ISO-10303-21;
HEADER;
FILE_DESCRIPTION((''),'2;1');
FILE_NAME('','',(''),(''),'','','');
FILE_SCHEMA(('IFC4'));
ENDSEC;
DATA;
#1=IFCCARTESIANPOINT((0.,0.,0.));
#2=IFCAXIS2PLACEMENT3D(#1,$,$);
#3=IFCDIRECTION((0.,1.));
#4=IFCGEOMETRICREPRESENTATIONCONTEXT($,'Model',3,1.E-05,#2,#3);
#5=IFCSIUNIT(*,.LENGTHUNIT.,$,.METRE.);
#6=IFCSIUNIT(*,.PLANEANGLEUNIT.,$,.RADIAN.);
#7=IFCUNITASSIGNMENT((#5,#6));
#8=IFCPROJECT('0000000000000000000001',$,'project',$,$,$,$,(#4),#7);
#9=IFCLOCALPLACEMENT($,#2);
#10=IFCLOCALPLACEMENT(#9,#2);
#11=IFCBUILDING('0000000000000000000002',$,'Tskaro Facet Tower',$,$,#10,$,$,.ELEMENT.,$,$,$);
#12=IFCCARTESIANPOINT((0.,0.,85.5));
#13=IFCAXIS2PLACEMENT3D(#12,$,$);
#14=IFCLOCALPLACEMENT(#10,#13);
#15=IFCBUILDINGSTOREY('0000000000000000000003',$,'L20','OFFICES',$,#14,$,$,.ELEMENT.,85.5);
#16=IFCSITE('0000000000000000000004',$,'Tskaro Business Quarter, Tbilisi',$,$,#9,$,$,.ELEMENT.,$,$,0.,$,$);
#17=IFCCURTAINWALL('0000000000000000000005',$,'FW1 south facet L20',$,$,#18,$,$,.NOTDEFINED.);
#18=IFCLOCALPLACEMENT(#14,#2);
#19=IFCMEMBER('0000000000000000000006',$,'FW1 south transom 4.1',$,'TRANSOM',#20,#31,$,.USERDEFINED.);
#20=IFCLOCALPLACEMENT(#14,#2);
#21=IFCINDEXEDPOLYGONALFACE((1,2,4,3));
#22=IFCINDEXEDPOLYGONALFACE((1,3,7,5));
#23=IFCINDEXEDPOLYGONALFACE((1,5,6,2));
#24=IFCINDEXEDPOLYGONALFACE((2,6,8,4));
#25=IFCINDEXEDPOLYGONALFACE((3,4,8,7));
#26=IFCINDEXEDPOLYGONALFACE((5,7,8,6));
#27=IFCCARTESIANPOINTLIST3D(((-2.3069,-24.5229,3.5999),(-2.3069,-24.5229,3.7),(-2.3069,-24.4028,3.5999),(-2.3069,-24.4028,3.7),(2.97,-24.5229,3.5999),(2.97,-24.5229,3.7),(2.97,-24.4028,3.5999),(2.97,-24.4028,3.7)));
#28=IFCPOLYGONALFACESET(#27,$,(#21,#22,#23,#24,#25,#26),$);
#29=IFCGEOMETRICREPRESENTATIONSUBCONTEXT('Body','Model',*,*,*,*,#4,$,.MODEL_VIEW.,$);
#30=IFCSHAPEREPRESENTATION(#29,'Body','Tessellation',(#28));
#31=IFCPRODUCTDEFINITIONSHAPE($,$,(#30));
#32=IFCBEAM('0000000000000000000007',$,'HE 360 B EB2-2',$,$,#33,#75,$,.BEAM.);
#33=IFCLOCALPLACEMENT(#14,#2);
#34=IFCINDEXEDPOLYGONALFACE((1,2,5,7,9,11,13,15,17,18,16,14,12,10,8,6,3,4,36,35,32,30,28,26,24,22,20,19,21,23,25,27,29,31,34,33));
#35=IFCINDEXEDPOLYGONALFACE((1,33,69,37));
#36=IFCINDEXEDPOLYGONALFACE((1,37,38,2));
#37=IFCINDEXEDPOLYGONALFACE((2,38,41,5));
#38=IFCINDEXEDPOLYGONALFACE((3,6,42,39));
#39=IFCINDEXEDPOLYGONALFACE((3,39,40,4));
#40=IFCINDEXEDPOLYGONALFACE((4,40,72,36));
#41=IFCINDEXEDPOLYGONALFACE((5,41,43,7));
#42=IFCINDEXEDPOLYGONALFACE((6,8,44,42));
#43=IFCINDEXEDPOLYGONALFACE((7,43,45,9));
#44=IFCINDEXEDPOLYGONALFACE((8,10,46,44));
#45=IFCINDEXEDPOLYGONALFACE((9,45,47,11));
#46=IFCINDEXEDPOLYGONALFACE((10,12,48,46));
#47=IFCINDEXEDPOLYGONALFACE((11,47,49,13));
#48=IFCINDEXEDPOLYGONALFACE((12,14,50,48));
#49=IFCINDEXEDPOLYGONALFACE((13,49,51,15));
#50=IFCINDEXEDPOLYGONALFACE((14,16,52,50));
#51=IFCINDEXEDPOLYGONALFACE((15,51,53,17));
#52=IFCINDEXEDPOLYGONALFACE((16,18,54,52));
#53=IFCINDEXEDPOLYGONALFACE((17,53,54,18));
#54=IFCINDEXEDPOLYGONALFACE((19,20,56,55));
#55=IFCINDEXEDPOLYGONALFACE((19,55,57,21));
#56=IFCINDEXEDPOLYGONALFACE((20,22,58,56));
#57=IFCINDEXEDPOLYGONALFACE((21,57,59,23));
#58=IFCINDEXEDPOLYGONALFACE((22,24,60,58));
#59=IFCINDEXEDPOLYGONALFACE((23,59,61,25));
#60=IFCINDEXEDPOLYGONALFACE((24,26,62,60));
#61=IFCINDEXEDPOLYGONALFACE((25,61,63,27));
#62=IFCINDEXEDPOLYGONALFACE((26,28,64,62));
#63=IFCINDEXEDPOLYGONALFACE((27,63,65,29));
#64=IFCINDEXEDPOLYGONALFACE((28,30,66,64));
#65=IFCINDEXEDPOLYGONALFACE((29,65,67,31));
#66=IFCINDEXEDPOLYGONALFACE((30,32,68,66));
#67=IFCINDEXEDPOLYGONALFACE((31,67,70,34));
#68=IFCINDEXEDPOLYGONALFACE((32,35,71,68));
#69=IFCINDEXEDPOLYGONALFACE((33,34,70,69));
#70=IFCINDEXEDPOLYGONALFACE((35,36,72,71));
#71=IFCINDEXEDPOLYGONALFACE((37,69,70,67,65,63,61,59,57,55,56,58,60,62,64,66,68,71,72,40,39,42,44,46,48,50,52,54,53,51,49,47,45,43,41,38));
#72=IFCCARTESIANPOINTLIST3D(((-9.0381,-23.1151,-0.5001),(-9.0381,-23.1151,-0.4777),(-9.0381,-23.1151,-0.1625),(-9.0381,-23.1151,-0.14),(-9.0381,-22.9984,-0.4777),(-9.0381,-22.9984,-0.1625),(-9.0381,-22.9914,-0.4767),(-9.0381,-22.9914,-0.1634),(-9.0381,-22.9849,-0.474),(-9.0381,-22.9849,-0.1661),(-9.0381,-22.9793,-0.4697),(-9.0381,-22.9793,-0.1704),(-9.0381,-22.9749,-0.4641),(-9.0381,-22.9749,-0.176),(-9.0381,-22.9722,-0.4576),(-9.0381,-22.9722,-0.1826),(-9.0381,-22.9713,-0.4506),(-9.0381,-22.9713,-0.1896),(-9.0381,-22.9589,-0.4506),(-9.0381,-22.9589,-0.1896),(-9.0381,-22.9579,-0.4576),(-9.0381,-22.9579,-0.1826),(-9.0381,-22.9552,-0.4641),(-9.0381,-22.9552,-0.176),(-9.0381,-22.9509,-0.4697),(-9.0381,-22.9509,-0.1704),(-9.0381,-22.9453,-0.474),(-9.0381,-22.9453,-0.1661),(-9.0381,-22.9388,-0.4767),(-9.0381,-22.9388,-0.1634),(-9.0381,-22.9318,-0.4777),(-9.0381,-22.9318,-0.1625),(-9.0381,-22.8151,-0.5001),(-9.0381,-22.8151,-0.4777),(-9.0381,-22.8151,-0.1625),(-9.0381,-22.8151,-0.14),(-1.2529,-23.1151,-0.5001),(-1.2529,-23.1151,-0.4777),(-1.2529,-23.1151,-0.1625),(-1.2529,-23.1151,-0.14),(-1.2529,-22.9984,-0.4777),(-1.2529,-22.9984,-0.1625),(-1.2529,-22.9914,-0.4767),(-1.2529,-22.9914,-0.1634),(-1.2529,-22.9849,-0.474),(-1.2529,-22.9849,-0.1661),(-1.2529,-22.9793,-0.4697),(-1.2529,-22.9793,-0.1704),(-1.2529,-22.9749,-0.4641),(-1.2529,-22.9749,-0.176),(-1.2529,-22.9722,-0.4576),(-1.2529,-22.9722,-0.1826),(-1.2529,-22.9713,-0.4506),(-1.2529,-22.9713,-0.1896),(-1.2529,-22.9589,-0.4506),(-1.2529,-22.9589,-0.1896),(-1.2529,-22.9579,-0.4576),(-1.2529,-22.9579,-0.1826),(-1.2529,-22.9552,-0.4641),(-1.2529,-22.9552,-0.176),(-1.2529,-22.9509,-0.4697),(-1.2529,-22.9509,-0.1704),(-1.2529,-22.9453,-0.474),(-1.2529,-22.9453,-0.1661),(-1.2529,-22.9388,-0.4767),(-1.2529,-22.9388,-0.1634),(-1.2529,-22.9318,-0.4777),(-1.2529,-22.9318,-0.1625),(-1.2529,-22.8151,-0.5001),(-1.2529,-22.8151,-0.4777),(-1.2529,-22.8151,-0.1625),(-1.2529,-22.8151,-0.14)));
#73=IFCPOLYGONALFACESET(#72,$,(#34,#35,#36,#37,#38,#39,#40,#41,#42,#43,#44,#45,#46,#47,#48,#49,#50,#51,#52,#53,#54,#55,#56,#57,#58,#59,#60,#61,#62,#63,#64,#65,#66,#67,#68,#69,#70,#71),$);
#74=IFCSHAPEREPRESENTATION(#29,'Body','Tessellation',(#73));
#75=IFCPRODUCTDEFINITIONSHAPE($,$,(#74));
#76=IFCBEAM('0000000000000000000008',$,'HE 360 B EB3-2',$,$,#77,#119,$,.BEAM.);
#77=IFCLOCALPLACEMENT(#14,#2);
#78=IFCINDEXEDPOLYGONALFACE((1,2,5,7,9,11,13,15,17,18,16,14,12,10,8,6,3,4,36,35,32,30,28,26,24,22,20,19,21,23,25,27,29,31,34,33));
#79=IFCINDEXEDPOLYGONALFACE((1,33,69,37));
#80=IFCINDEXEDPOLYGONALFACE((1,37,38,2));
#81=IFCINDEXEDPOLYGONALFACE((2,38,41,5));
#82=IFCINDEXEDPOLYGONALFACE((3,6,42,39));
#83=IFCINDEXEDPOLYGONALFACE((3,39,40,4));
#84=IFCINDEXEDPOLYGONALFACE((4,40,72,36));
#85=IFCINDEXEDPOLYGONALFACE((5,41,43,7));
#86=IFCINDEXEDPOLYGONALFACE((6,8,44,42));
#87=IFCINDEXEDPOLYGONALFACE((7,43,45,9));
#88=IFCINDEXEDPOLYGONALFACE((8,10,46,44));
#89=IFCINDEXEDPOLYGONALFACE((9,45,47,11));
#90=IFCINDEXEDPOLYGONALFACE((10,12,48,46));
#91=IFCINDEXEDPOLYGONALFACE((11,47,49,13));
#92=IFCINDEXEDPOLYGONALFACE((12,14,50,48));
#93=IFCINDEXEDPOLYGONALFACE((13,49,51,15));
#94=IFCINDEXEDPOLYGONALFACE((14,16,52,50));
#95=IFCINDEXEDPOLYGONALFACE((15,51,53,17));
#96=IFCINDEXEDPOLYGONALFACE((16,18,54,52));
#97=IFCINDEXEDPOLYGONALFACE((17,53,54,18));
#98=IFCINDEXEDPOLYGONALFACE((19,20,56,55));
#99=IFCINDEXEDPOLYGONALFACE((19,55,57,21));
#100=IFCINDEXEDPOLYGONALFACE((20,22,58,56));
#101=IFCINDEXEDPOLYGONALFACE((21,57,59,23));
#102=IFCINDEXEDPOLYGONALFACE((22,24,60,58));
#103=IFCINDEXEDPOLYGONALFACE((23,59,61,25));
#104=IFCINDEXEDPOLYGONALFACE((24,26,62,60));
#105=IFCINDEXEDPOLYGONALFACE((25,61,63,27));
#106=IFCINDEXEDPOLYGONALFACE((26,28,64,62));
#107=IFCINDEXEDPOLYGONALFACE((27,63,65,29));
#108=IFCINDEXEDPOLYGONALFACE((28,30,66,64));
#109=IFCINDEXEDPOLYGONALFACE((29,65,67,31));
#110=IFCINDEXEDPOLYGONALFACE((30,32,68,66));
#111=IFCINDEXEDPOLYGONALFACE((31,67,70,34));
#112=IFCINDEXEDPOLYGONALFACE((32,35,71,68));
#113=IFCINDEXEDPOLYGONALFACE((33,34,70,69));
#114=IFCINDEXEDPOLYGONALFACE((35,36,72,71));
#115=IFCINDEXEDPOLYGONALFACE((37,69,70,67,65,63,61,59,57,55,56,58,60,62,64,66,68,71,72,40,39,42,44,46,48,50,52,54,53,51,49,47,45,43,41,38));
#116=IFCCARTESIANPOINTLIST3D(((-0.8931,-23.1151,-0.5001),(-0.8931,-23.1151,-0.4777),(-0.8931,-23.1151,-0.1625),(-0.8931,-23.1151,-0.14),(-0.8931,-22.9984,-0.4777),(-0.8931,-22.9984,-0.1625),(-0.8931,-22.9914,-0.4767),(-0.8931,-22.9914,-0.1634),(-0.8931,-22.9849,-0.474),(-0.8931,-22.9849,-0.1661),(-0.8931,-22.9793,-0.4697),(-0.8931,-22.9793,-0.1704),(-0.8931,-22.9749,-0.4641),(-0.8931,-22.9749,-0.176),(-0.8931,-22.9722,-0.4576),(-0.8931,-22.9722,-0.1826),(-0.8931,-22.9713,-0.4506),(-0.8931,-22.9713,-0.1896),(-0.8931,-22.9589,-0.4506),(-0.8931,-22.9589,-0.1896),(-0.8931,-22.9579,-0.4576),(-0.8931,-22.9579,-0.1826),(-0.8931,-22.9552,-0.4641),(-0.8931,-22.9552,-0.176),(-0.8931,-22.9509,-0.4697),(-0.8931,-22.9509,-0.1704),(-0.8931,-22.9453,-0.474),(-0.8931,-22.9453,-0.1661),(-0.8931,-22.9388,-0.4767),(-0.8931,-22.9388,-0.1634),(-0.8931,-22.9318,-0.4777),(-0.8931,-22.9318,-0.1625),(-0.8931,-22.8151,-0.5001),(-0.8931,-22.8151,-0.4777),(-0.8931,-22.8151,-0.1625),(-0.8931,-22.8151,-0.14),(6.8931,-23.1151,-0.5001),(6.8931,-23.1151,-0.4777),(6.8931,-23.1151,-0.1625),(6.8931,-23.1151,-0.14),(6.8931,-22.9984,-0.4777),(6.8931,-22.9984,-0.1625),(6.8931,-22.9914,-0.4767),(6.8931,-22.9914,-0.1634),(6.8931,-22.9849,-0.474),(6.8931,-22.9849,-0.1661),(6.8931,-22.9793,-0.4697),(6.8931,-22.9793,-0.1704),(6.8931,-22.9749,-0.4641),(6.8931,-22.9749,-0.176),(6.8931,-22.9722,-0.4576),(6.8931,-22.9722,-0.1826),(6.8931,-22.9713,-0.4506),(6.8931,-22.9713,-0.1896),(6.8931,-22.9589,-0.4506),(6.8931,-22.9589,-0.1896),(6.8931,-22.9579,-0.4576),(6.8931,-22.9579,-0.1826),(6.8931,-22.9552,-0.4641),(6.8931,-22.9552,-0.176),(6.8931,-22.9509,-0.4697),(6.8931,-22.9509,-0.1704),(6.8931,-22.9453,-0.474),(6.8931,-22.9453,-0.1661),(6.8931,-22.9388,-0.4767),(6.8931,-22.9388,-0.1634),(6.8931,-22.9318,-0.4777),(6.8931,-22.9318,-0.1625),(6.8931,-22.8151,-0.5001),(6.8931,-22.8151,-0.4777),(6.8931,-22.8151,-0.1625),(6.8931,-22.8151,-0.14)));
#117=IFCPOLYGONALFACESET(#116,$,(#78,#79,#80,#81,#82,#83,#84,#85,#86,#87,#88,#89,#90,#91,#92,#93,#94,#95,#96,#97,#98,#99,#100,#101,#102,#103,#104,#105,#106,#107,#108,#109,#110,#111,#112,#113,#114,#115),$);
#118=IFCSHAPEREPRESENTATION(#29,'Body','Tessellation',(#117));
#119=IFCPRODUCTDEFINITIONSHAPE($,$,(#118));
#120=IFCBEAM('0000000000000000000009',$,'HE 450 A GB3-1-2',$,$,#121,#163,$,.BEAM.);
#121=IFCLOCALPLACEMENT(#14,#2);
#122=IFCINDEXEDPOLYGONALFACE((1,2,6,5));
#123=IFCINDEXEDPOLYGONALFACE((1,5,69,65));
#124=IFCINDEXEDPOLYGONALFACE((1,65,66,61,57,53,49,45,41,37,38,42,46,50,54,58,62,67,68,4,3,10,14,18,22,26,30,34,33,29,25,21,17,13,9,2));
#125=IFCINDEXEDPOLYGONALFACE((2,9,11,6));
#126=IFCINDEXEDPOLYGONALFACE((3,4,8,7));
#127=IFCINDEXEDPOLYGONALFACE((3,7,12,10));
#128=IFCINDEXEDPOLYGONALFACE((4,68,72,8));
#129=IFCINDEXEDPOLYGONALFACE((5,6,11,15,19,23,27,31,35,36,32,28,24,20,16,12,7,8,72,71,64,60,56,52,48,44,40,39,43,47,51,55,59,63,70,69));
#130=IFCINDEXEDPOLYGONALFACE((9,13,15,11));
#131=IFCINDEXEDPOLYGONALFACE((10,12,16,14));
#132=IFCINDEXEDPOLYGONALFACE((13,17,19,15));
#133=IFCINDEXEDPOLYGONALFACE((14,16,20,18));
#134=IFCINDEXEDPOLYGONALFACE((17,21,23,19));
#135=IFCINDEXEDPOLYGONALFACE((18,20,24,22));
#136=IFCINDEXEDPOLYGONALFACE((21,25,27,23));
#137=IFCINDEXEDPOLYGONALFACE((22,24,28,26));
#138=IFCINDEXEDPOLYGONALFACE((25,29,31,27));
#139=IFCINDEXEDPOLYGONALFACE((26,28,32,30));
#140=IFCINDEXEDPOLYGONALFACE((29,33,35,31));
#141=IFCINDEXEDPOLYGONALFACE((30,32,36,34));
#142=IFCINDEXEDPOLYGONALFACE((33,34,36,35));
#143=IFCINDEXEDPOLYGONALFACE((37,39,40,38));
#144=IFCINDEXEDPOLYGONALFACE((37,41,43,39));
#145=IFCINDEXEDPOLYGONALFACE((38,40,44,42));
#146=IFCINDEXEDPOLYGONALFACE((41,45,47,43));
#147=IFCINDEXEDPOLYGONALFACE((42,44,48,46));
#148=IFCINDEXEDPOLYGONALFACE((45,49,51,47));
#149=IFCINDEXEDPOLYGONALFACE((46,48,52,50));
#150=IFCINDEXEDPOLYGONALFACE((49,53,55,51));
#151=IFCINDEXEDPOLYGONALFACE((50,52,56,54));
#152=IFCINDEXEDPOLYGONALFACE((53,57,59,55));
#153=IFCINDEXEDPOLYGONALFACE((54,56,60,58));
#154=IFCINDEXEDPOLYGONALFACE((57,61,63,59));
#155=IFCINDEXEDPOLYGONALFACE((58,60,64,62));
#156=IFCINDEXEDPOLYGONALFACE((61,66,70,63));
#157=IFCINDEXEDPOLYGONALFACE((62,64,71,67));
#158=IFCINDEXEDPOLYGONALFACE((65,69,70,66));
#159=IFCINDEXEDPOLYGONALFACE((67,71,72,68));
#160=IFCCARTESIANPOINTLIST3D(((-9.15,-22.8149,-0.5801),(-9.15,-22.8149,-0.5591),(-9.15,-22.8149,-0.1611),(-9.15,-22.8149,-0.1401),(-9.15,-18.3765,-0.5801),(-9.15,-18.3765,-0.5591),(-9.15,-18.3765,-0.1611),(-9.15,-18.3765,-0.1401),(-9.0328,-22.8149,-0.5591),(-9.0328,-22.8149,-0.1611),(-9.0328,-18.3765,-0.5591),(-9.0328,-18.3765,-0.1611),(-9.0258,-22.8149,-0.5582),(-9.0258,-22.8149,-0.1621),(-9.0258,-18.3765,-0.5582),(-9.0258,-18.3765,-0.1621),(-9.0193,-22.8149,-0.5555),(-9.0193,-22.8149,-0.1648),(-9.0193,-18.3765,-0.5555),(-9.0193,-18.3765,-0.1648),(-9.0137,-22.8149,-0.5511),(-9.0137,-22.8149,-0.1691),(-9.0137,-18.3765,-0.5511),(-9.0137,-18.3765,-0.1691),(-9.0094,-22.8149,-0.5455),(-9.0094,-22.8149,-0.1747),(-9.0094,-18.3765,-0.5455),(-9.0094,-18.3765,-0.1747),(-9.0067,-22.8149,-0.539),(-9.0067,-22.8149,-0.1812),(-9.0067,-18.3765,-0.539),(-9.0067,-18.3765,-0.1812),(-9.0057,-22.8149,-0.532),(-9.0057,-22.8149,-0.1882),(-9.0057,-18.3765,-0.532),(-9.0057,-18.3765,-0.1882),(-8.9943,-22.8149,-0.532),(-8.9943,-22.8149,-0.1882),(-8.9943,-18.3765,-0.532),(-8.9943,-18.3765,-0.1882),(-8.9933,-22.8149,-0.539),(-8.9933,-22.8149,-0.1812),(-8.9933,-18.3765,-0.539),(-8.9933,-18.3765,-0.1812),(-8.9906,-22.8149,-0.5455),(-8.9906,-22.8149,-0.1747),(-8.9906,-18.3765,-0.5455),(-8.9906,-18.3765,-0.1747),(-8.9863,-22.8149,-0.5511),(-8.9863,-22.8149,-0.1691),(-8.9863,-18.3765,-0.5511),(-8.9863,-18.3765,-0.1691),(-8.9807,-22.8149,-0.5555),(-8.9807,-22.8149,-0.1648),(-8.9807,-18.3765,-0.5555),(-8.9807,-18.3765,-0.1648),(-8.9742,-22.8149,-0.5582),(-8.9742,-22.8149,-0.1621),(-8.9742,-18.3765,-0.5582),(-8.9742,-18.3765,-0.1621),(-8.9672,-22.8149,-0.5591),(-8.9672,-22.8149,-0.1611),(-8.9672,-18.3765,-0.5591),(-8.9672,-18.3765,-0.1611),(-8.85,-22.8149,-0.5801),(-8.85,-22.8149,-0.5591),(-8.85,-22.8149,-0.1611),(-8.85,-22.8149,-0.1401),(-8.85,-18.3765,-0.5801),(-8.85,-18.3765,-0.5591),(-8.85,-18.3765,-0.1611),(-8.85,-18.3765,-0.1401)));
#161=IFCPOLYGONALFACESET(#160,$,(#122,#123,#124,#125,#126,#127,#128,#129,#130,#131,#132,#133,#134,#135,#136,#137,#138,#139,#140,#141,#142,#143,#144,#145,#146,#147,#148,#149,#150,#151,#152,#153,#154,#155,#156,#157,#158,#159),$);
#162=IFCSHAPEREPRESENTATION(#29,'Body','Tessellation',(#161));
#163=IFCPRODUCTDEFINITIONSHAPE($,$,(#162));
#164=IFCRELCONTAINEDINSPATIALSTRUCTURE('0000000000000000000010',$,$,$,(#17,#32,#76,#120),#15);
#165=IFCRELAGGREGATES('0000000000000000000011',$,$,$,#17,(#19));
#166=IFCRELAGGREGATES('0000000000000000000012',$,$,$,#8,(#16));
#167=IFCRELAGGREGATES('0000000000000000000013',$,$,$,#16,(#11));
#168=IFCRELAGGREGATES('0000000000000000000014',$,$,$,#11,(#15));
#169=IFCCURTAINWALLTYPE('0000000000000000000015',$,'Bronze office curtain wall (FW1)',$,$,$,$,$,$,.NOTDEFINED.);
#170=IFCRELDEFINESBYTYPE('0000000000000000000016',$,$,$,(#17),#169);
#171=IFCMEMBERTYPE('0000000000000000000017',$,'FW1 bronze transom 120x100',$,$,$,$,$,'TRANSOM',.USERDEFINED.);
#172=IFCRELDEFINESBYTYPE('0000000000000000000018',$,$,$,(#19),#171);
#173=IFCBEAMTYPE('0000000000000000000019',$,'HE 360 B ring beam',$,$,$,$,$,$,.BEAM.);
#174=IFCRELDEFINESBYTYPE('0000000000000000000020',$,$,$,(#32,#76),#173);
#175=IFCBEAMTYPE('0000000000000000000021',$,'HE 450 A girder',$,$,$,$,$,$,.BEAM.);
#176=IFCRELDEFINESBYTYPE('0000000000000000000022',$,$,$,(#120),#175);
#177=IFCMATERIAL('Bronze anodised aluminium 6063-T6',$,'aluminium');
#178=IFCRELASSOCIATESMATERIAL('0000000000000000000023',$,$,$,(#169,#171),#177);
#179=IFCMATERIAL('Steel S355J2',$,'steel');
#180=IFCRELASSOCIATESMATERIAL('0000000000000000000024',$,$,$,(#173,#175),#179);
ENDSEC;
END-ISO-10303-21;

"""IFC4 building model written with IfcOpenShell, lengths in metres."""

from ifc_helpers import new_model, si_unit, direction, frame, origin, origin_2d, place, context, subcontext, project, spatial, rectangle, i_section, extrude, material, material_profile, profile_set, type_object, element, aggregate, save


model = new_model("IFC4")

# Units and contexts
model_context = context("Model", 3, precision=1e-05, world=origin(), true_north=direction((0.0, 1.0)))
body_context = subcontext(model_context, "Body", "Model", "MODEL_VIEW")
ifc_project = project(units=[si_unit("LENGTHUNIT", "METRE"), si_unit("PLANEANGLEUNIT", "RADIAN")], contexts=[model_context])

# Site, building, storey
site_placement = place(None, origin())
site = spatial("IfcSite", under=ifc_project, at=site_placement, Name="Tskaro Business Quarter, Tbilisi", CompositionType="ELEMENT", RefElevation=0.0)
building_placement = place(site_placement, origin())
building = spatial("IfcBuilding", under=site, at=building_placement, Name="Tskaro Facet Tower", CompositionType="ELEMENT")
storey_placement = place(building_placement, frame((0.0, 0.0, 85.5)))
storey = spatial("IfcBuildingStorey", under=building, at=storey_placement, Name="L20", Description="OFFICES", CompositionType="ELEMENT", Elevation=85.5)

# Curtain wall, member
ifc_material_1 = material(Name="Bronze anodised aluminium 6063-T6", Category="aluminium")
curtain_wall_type = type_object("IfcCurtainWallType", Name="Bronze office curtain wall (FW1)", PredefinedType="NOTDEFINED", material=ifc_material_1)
curtain_wall_placement = place(storey_placement, origin())
curtain_wall = element("IfcCurtainWall", 1, at=curtain_wall_placement, inside=storey, type_object=curtain_wall_type, Name="FW1 south facet L20", PredefinedType="NOTDEFINED")
ifc_material_profile_1 = material_profile(ifc_material_1, rectangle(XDim=0.1201, YDim=0.1001, at=origin_2d()), Name="Transom 120x100")
ifc_profile_set_1 = profile_set([ifc_material_profile_1], Name="Bronze anodised aluminium 6063-T6")
member_type_1 = type_object("IfcMemberType", Name="FW1 bronze transom 120x100", ElementType="TRANSOM", PredefinedType="USERDEFINED", material=ifc_profile_set_1)
member_1_placement = place(storey_placement, frame((-2.3069, -24.4629, 3.6499), z_axis=(1.0, 0.0, 0.0), x_axis=(0.0, 1.0, 0.0)))
member_1 = element("IfcMember", 2, at=member_1_placement, type_object=member_type_1, Name="FW1 south transom 4.1", ObjectType="TRANSOM", PredefinedType="USERDEFINED", context=body_context, shape_type="SweptSolid", body=[
    extrude(rectangle(XDim=0.1201, YDim=0.1001, at=origin_2d()), origin(), (0.0, 0.0, 1.0), 5.2769),
])

# Beams
ifc_material_2 = material(Name="Steel S355J2", Category="steel")
ifc_material_profile_2 = material_profile(ifc_material_2, i_section(OverallWidth=0.3, OverallDepth=0.3601, WebThickness=0.0125, FlangeThickness=0.0225, FilletRadius=0.0271, at=origin_2d()), Name="HE 360 B")
ifc_profile_set_2 = profile_set([ifc_material_profile_2], Name="Steel S355J2")
beam_type_1 = type_object("IfcBeamType", Name="HE 360 B ring beam", PredefinedType="BEAM", material=ifc_profile_set_2)
beam_1_placement = place(storey_placement, frame((-9.0381, -22.9651, -0.3201), z_axis=(1.0, 0.0, 0.0), x_axis=(0.0, 1.0, 0.0)))
element("IfcBeam", 3, at=beam_1_placement, inside=storey, type_object=beam_type_1, Name="HE 360 B EB2-2", PredefinedType="BEAM", context=body_context, shape_type="SweptSolid", body=[
    extrude(i_section(OverallWidth=0.3, OverallDepth=0.3601, WebThickness=0.0125, FlangeThickness=0.0225, FilletRadius=0.0271, at=origin_2d()), origin(), (0.0, 0.0, 1.0), 7.7852),
])
beam_2_placement = place(storey_placement, frame((-0.8931, -22.9651, -0.3201), z_axis=(1.0, 0.0, 0.0), x_axis=(0.0, 1.0, 0.0)))
element("IfcBeam", 4, at=beam_2_placement, inside=storey, type_object=beam_type_1, Name="HE 360 B EB3-2", PredefinedType="BEAM", context=body_context, shape_type="SweptSolid", body=[
    extrude(i_section(OverallWidth=0.3, OverallDepth=0.3601, WebThickness=0.0125, FlangeThickness=0.0225, FilletRadius=0.0271, at=origin_2d()), origin(), (0.0, 0.0, 1.0), 7.7861),
])
ifc_material_profile_3 = material_profile(ifc_material_2, i_section(OverallWidth=0.3, OverallDepth=0.4399, WebThickness=0.0115, FlangeThickness=0.021, FilletRadius=0.0271, at=origin_2d()), Name="HE 450 A")
ifc_profile_set_3 = profile_set([ifc_material_profile_3], Name="Steel S355J2")
beam_type_2 = type_object("IfcBeamType", Name="HE 450 A girder", PredefinedType="BEAM", material=ifc_profile_set_3)
beam_3_placement = place(storey_placement, frame((-9.0, -22.8149, -0.3601), z_axis=(0.0, 1.0, 0.0), x_axis=(-1.0, 0.0, 0.0)))
element("IfcBeam", 5, at=beam_3_placement, inside=storey, type_object=beam_type_2, Name="HE 450 A GB3-1-2", PredefinedType="BEAM", context=body_context, shape_type="SweptSolid", body=[
    extrude(i_section(OverallWidth=0.3, OverallDepth=0.4399, WebThickness=0.0115, FlangeThickness=0.021, FilletRadius=0.0271, at=origin_2d()), origin(), (0.0, 0.0, 1.0), 4.4385),
])

aggregate(curtain_wall, [member_1])

save(model, "model.ifc")
